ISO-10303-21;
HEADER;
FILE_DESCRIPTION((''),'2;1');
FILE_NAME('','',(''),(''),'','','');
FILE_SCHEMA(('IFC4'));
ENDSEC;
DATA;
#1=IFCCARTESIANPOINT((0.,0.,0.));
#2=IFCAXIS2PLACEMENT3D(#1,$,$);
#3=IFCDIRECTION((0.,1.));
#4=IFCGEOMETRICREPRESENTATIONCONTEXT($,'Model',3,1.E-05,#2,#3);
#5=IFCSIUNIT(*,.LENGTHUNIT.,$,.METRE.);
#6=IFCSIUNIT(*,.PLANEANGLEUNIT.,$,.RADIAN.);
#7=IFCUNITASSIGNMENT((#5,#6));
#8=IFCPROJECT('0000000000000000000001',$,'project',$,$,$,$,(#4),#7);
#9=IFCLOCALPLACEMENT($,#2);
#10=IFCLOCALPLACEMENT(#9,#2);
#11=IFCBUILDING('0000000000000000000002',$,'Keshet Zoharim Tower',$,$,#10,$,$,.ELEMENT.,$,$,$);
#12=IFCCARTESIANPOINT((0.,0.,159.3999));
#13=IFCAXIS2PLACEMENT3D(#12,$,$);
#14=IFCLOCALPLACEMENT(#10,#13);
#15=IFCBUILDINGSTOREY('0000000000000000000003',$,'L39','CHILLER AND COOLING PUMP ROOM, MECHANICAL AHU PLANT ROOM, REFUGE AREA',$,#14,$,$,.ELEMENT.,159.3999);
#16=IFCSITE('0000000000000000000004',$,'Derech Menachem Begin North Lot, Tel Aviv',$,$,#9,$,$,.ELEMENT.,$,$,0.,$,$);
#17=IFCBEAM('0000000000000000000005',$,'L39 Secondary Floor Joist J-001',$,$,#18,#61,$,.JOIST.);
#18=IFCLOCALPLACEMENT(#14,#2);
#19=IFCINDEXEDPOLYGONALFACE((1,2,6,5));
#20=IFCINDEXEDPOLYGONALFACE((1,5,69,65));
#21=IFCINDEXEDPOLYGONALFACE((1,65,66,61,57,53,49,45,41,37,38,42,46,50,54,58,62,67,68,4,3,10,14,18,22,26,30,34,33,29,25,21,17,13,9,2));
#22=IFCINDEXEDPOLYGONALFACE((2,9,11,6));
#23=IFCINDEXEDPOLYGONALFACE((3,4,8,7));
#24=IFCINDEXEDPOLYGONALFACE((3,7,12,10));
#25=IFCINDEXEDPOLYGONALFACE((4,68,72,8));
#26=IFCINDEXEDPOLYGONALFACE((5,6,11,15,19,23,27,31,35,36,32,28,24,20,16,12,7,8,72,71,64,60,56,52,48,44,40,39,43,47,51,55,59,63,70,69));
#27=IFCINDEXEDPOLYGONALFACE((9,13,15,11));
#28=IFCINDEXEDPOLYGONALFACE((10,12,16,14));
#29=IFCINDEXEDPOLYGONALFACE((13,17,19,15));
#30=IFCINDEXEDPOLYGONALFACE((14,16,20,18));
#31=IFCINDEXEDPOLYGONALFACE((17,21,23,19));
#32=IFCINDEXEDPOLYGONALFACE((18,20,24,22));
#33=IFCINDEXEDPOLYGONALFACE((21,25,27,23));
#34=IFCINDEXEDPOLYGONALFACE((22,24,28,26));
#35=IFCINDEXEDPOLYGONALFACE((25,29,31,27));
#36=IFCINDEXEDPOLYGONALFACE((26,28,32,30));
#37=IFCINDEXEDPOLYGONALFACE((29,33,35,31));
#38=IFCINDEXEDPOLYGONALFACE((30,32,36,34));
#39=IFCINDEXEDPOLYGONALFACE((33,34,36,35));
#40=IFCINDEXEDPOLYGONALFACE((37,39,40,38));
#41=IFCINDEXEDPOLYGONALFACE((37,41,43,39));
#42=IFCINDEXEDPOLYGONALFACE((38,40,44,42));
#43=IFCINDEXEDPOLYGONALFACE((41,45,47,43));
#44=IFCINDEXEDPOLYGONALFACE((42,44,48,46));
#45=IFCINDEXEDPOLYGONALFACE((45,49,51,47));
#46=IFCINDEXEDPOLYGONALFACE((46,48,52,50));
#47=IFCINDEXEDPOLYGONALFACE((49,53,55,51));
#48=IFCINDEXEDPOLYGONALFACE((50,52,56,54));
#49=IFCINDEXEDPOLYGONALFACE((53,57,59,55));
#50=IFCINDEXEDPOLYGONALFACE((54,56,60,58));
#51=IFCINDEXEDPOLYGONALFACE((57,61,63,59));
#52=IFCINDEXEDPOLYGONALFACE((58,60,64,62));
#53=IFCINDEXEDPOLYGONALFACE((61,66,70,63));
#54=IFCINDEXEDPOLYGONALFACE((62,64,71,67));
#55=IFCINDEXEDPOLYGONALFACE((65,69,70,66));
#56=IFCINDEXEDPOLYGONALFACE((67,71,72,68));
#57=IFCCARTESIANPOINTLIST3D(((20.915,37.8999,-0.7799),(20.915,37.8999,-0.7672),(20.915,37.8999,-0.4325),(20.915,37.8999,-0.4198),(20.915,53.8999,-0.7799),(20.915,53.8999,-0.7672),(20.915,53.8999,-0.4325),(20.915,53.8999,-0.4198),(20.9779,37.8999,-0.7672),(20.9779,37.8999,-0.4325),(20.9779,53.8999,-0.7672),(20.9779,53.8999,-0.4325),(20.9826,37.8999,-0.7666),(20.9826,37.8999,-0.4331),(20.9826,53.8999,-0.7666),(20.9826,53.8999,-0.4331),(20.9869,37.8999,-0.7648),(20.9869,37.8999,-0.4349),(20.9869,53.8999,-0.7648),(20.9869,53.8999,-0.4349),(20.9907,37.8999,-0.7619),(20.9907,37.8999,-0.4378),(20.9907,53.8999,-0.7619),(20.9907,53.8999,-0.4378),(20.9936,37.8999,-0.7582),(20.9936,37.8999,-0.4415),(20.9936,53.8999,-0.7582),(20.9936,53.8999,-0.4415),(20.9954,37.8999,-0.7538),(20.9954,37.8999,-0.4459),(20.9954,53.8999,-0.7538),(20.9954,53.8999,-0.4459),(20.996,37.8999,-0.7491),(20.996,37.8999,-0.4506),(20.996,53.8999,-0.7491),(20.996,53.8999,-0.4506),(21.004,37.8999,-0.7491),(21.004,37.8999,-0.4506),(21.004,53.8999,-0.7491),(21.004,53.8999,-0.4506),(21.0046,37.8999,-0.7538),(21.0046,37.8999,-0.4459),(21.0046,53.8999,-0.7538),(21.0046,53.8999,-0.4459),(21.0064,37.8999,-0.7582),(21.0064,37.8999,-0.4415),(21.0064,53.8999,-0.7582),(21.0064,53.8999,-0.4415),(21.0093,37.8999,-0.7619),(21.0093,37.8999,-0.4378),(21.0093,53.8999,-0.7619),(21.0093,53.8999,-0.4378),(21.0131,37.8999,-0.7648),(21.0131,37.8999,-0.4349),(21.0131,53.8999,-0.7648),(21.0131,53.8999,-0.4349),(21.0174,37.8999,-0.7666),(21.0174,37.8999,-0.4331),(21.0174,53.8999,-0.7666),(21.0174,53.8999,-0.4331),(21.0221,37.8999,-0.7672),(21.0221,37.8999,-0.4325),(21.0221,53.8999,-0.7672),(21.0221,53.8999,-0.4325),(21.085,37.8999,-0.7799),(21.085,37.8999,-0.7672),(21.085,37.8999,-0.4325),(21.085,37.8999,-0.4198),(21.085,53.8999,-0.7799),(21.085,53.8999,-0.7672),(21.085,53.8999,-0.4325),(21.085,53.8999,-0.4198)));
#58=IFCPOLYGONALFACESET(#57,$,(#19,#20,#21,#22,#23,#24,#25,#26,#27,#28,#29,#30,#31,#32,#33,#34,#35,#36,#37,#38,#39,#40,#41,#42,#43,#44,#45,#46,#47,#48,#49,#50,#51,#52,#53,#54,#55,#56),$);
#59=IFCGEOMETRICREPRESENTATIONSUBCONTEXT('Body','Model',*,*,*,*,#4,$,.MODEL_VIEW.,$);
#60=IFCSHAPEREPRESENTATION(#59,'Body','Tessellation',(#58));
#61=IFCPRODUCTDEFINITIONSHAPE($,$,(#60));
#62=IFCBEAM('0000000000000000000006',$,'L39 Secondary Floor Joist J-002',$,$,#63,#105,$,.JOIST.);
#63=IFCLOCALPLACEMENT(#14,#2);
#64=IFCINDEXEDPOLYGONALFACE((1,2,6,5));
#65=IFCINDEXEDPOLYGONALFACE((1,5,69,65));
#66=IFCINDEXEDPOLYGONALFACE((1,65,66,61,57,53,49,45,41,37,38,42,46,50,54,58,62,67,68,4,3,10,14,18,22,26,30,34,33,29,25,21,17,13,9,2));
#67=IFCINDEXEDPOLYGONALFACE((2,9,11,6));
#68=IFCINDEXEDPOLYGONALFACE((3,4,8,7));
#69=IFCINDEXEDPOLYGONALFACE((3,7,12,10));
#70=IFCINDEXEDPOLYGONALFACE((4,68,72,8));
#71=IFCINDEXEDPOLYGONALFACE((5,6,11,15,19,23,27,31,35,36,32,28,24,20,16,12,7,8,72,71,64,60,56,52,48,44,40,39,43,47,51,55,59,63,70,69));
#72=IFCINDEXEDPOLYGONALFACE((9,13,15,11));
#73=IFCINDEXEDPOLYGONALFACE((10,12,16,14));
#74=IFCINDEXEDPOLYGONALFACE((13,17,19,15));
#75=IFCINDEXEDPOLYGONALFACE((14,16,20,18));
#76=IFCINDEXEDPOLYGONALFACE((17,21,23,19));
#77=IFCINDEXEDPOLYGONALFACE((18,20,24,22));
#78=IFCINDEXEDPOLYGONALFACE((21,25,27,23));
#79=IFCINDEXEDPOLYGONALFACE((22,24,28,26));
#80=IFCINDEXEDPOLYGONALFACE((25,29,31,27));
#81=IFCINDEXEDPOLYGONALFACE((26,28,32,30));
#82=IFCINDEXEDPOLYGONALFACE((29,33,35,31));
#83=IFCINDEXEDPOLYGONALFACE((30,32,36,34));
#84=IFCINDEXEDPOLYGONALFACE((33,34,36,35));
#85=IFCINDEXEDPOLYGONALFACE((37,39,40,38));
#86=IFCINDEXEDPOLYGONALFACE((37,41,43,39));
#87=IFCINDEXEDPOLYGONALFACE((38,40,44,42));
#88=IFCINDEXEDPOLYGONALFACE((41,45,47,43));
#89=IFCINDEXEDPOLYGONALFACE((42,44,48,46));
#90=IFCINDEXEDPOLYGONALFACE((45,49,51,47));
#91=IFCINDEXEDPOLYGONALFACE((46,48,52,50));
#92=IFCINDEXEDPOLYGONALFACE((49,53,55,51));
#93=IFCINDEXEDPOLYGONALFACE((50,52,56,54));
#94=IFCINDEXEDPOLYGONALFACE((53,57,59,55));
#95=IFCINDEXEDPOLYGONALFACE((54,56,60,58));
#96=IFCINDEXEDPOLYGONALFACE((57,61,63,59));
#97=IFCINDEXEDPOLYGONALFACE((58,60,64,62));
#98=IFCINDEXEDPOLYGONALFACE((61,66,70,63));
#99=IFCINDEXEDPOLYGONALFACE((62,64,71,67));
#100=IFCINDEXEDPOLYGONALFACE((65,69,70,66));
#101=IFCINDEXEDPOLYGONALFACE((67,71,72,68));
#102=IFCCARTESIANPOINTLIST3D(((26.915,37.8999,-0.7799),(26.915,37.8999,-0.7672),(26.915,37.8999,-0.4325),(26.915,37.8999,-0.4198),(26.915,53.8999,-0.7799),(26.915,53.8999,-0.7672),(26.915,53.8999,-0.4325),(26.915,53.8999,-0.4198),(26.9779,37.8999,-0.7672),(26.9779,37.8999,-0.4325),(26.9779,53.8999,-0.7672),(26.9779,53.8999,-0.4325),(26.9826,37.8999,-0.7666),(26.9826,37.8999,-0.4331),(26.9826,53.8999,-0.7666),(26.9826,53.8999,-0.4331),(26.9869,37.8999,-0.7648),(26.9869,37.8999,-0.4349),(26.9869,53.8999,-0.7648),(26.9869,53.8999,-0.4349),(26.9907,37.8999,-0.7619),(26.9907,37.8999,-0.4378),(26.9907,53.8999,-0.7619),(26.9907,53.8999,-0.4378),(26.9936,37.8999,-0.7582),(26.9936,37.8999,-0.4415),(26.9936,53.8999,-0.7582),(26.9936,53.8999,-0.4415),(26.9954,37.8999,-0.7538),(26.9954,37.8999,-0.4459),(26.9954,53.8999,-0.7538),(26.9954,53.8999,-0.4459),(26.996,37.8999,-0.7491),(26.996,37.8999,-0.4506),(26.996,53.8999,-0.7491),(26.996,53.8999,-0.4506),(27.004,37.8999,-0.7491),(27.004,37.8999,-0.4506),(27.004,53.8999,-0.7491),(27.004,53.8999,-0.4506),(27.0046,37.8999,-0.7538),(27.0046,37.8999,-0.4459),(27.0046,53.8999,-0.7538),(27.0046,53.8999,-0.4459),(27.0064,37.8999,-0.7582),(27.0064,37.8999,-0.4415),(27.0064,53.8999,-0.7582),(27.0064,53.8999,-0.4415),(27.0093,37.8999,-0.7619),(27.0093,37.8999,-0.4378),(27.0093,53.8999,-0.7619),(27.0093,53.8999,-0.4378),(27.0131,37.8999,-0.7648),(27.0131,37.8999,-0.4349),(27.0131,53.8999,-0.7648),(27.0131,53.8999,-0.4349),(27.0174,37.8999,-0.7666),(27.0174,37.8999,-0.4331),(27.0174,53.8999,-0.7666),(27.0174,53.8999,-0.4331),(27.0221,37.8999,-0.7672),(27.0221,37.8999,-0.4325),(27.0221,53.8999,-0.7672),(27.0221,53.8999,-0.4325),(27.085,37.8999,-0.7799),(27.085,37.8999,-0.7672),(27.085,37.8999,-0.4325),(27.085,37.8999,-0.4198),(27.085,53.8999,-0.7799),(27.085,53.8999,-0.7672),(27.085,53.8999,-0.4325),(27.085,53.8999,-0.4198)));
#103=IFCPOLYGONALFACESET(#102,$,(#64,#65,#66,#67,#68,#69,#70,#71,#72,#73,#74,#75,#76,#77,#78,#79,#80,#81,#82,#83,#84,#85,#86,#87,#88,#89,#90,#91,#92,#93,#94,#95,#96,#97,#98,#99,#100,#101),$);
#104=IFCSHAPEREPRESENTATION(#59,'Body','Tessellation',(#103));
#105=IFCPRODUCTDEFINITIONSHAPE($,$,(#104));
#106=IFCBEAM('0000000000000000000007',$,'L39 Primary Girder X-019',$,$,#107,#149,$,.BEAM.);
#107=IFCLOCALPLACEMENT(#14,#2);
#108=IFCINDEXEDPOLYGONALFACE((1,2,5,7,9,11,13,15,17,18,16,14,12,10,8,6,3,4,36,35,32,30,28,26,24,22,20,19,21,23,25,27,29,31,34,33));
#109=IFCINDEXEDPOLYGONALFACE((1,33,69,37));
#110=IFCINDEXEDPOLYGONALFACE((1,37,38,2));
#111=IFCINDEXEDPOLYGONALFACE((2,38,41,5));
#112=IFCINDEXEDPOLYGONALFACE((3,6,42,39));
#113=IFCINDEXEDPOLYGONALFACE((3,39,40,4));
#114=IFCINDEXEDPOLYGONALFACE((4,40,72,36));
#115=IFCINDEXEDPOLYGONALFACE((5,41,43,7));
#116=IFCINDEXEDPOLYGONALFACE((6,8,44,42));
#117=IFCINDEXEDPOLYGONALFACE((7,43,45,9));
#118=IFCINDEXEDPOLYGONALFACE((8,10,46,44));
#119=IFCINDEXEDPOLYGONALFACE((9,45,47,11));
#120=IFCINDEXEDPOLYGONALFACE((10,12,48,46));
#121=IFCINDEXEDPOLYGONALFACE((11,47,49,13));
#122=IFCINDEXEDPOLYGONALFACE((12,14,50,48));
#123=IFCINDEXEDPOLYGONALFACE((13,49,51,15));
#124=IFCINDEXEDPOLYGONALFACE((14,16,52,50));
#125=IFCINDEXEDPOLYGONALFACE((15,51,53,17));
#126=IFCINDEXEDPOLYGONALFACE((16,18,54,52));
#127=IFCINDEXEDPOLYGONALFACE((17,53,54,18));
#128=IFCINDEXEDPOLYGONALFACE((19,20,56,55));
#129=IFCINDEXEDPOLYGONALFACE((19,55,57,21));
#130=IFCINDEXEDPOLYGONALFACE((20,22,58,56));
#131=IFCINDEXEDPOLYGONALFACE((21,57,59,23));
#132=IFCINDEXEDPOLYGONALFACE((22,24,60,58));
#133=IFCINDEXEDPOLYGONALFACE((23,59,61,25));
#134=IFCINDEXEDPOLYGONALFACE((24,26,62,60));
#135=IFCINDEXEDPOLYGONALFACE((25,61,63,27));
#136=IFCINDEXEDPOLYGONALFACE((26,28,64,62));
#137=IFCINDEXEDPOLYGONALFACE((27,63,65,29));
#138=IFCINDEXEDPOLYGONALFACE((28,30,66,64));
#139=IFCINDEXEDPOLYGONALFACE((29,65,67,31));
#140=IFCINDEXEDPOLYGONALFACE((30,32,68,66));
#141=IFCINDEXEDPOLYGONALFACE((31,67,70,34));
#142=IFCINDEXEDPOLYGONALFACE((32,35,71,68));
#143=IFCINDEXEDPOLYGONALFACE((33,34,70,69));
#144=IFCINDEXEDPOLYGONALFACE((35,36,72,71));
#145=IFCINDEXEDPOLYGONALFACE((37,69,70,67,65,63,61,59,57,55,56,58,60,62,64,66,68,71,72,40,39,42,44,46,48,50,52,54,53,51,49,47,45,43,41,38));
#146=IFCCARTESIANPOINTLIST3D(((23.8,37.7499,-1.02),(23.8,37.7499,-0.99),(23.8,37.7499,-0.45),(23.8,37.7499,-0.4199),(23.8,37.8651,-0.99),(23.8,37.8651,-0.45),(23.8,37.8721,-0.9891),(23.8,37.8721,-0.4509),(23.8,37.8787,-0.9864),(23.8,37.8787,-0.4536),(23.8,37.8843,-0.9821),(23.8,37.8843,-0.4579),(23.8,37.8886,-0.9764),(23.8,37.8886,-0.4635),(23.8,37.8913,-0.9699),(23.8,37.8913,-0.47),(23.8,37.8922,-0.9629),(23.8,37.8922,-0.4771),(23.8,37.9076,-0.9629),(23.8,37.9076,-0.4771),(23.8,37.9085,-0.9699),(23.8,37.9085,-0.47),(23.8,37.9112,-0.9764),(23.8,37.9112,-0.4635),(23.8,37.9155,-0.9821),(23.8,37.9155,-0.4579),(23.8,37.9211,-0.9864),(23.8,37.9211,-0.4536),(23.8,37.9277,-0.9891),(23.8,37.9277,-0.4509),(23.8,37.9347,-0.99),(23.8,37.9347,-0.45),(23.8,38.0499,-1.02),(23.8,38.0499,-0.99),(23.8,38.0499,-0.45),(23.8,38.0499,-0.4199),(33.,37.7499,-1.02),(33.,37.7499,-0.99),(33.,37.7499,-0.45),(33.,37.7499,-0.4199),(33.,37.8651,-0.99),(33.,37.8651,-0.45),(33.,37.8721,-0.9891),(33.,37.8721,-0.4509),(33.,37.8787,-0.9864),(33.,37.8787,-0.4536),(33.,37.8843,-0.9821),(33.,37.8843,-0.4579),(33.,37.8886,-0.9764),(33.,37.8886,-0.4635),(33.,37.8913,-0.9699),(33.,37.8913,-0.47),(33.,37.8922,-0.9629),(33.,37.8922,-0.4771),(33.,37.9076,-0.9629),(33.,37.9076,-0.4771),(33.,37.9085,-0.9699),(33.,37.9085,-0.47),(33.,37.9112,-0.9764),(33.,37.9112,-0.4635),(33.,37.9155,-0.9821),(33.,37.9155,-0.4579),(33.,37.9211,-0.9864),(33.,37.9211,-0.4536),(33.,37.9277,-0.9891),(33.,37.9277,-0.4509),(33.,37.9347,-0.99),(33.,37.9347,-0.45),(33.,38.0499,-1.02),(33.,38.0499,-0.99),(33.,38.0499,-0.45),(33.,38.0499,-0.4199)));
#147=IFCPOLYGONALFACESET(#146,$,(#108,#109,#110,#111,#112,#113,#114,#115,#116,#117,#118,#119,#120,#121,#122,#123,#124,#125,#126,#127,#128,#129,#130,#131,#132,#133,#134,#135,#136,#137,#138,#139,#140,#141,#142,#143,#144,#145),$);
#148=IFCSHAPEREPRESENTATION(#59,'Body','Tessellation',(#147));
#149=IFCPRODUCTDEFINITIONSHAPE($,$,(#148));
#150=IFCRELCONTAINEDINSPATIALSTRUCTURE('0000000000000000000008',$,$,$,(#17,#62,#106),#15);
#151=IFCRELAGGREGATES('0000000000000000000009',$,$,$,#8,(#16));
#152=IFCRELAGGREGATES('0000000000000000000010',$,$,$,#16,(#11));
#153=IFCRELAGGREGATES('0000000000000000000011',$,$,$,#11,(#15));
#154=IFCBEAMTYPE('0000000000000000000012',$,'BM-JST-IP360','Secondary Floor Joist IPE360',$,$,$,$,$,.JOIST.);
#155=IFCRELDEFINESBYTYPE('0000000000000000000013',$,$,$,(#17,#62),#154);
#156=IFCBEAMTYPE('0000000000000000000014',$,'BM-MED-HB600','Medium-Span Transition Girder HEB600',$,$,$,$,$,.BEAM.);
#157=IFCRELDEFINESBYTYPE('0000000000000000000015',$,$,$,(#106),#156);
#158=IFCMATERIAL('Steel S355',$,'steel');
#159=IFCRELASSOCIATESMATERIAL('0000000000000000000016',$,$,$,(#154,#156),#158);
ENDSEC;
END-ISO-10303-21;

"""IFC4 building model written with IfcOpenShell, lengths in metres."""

from ifc_helpers import new_model, si_unit, direction, frame, origin, origin_2d, place, context, subcontext, project, spatial, i_section, extrude, material, material_profile, profile_set, type_object, element, save


model = new_model("IFC4")

# Units and contexts
model_context = context("Model", 3, precision=1e-05, world=origin(), true_north=direction((0.0, 1.0)))
body_context = subcontext(model_context, "Body", "Model", "MODEL_VIEW")
ifc_project = project(units=[si_unit("LENGTHUNIT", "METRE"), si_unit("PLANEANGLEUNIT", "RADIAN")], contexts=[model_context])

# Site, building, storey
site_placement = place(None, origin())
site = spatial("IfcSite", under=ifc_project, at=site_placement, Name="Derech Menachem Begin North Lot, Tel Aviv", CompositionType="ELEMENT", RefElevation=0.0)
building_placement = place(site_placement, origin())
building = spatial("IfcBuilding", under=site, at=building_placement, Name="Keshet Zoharim Tower", CompositionType="ELEMENT")
storey_placement = place(building_placement, frame((0.0, 0.0, 159.3999)))
storey = spatial("IfcBuildingStorey", under=building, at=storey_placement, Name="L39", Description="CHILLER AND COOLING PUMP ROOM, MECHANICAL AHU PLANT ROOM, REFUGE AREA", CompositionType="ELEMENT", Elevation=159.3999)

# Beams
ifc_material_1 = material(Name="Steel S355", Category="steel")
ifc_material_profile_1 = material_profile(ifc_material_1, i_section(OverallWidth=0.1699, OverallDepth=0.3601, WebThickness=0.0081, FlangeThickness=0.0127, FilletRadius=0.0181, at=origin_2d()), Name="IPE360")
ifc_profile_set_1 = profile_set([ifc_material_profile_1], Name="Steel S355")
beam_type_1 = type_object("IfcBeamType", Name="BM-JST-IP360", Description="Secondary Floor Joist IPE360", PredefinedType="JOIST", material=ifc_profile_set_1)
for number, where, z_axis, x_axis, name in (
    (1, (21.0, 37.8999, -0.5999), (0.0, 1.0, 0.0), (-1.0, 0.0, 0.0), "L39 Secondary Floor Joist J-001"),
    (2, (27.0, 37.8999, -0.5999), (0.0, 1.0, 0.0), (-1.0, 0.0, 0.0), "L39 Secondary Floor Joist J-002"),
):
    element("IfcBeam", number, at=place(storey_placement, frame(where, z_axis=z_axis, x_axis=x_axis)), inside=storey, type_object=beam_type_1, Name=name, PredefinedType="JOIST", context=body_context, shape_type="SweptSolid", body=[
        extrude(i_section(OverallWidth=0.1699, OverallDepth=0.3601, WebThickness=0.0081, FlangeThickness=0.0127, FilletRadius=0.0181, at=origin_2d()), origin(), (0.0, 0.0, 1.0), 16.0),
    ])
ifc_material_profile_2 = material_profile(ifc_material_1, i_section(OverallWidth=0.3, OverallDepth=0.6001, WebThickness=0.0154, FlangeThickness=0.03, FilletRadius=0.0271, at=origin_2d()), Name="HEB600")
ifc_profile_set_2 = profile_set([ifc_material_profile_2], Name="Steel S355")
beam_type_2 = type_object("IfcBeamType", Name="BM-MED-HB600", Description="Medium-Span Transition Girder HEB600", PredefinedType="BEAM", material=ifc_profile_set_2)
beam_placement = place(storey_placement, frame((23.8, 37.8999, -0.72), z_axis=(1.0, 0.0, 0.0), x_axis=(0.0, 1.0, 0.0)))
element("IfcBeam", 3, at=beam_placement, inside=storey, type_object=beam_type_2, Name="L39 Primary Girder X-019", PredefinedType="BEAM", context=body_context, shape_type="SweptSolid", body=[
    extrude(i_section(OverallWidth=0.3, OverallDepth=0.6001, WebThickness=0.0154, FlangeThickness=0.03, FilletRadius=0.0271, at=origin_2d()), origin(), (0.0, 0.0, 1.0), 9.2),
])

save(model, "model.ifc")
